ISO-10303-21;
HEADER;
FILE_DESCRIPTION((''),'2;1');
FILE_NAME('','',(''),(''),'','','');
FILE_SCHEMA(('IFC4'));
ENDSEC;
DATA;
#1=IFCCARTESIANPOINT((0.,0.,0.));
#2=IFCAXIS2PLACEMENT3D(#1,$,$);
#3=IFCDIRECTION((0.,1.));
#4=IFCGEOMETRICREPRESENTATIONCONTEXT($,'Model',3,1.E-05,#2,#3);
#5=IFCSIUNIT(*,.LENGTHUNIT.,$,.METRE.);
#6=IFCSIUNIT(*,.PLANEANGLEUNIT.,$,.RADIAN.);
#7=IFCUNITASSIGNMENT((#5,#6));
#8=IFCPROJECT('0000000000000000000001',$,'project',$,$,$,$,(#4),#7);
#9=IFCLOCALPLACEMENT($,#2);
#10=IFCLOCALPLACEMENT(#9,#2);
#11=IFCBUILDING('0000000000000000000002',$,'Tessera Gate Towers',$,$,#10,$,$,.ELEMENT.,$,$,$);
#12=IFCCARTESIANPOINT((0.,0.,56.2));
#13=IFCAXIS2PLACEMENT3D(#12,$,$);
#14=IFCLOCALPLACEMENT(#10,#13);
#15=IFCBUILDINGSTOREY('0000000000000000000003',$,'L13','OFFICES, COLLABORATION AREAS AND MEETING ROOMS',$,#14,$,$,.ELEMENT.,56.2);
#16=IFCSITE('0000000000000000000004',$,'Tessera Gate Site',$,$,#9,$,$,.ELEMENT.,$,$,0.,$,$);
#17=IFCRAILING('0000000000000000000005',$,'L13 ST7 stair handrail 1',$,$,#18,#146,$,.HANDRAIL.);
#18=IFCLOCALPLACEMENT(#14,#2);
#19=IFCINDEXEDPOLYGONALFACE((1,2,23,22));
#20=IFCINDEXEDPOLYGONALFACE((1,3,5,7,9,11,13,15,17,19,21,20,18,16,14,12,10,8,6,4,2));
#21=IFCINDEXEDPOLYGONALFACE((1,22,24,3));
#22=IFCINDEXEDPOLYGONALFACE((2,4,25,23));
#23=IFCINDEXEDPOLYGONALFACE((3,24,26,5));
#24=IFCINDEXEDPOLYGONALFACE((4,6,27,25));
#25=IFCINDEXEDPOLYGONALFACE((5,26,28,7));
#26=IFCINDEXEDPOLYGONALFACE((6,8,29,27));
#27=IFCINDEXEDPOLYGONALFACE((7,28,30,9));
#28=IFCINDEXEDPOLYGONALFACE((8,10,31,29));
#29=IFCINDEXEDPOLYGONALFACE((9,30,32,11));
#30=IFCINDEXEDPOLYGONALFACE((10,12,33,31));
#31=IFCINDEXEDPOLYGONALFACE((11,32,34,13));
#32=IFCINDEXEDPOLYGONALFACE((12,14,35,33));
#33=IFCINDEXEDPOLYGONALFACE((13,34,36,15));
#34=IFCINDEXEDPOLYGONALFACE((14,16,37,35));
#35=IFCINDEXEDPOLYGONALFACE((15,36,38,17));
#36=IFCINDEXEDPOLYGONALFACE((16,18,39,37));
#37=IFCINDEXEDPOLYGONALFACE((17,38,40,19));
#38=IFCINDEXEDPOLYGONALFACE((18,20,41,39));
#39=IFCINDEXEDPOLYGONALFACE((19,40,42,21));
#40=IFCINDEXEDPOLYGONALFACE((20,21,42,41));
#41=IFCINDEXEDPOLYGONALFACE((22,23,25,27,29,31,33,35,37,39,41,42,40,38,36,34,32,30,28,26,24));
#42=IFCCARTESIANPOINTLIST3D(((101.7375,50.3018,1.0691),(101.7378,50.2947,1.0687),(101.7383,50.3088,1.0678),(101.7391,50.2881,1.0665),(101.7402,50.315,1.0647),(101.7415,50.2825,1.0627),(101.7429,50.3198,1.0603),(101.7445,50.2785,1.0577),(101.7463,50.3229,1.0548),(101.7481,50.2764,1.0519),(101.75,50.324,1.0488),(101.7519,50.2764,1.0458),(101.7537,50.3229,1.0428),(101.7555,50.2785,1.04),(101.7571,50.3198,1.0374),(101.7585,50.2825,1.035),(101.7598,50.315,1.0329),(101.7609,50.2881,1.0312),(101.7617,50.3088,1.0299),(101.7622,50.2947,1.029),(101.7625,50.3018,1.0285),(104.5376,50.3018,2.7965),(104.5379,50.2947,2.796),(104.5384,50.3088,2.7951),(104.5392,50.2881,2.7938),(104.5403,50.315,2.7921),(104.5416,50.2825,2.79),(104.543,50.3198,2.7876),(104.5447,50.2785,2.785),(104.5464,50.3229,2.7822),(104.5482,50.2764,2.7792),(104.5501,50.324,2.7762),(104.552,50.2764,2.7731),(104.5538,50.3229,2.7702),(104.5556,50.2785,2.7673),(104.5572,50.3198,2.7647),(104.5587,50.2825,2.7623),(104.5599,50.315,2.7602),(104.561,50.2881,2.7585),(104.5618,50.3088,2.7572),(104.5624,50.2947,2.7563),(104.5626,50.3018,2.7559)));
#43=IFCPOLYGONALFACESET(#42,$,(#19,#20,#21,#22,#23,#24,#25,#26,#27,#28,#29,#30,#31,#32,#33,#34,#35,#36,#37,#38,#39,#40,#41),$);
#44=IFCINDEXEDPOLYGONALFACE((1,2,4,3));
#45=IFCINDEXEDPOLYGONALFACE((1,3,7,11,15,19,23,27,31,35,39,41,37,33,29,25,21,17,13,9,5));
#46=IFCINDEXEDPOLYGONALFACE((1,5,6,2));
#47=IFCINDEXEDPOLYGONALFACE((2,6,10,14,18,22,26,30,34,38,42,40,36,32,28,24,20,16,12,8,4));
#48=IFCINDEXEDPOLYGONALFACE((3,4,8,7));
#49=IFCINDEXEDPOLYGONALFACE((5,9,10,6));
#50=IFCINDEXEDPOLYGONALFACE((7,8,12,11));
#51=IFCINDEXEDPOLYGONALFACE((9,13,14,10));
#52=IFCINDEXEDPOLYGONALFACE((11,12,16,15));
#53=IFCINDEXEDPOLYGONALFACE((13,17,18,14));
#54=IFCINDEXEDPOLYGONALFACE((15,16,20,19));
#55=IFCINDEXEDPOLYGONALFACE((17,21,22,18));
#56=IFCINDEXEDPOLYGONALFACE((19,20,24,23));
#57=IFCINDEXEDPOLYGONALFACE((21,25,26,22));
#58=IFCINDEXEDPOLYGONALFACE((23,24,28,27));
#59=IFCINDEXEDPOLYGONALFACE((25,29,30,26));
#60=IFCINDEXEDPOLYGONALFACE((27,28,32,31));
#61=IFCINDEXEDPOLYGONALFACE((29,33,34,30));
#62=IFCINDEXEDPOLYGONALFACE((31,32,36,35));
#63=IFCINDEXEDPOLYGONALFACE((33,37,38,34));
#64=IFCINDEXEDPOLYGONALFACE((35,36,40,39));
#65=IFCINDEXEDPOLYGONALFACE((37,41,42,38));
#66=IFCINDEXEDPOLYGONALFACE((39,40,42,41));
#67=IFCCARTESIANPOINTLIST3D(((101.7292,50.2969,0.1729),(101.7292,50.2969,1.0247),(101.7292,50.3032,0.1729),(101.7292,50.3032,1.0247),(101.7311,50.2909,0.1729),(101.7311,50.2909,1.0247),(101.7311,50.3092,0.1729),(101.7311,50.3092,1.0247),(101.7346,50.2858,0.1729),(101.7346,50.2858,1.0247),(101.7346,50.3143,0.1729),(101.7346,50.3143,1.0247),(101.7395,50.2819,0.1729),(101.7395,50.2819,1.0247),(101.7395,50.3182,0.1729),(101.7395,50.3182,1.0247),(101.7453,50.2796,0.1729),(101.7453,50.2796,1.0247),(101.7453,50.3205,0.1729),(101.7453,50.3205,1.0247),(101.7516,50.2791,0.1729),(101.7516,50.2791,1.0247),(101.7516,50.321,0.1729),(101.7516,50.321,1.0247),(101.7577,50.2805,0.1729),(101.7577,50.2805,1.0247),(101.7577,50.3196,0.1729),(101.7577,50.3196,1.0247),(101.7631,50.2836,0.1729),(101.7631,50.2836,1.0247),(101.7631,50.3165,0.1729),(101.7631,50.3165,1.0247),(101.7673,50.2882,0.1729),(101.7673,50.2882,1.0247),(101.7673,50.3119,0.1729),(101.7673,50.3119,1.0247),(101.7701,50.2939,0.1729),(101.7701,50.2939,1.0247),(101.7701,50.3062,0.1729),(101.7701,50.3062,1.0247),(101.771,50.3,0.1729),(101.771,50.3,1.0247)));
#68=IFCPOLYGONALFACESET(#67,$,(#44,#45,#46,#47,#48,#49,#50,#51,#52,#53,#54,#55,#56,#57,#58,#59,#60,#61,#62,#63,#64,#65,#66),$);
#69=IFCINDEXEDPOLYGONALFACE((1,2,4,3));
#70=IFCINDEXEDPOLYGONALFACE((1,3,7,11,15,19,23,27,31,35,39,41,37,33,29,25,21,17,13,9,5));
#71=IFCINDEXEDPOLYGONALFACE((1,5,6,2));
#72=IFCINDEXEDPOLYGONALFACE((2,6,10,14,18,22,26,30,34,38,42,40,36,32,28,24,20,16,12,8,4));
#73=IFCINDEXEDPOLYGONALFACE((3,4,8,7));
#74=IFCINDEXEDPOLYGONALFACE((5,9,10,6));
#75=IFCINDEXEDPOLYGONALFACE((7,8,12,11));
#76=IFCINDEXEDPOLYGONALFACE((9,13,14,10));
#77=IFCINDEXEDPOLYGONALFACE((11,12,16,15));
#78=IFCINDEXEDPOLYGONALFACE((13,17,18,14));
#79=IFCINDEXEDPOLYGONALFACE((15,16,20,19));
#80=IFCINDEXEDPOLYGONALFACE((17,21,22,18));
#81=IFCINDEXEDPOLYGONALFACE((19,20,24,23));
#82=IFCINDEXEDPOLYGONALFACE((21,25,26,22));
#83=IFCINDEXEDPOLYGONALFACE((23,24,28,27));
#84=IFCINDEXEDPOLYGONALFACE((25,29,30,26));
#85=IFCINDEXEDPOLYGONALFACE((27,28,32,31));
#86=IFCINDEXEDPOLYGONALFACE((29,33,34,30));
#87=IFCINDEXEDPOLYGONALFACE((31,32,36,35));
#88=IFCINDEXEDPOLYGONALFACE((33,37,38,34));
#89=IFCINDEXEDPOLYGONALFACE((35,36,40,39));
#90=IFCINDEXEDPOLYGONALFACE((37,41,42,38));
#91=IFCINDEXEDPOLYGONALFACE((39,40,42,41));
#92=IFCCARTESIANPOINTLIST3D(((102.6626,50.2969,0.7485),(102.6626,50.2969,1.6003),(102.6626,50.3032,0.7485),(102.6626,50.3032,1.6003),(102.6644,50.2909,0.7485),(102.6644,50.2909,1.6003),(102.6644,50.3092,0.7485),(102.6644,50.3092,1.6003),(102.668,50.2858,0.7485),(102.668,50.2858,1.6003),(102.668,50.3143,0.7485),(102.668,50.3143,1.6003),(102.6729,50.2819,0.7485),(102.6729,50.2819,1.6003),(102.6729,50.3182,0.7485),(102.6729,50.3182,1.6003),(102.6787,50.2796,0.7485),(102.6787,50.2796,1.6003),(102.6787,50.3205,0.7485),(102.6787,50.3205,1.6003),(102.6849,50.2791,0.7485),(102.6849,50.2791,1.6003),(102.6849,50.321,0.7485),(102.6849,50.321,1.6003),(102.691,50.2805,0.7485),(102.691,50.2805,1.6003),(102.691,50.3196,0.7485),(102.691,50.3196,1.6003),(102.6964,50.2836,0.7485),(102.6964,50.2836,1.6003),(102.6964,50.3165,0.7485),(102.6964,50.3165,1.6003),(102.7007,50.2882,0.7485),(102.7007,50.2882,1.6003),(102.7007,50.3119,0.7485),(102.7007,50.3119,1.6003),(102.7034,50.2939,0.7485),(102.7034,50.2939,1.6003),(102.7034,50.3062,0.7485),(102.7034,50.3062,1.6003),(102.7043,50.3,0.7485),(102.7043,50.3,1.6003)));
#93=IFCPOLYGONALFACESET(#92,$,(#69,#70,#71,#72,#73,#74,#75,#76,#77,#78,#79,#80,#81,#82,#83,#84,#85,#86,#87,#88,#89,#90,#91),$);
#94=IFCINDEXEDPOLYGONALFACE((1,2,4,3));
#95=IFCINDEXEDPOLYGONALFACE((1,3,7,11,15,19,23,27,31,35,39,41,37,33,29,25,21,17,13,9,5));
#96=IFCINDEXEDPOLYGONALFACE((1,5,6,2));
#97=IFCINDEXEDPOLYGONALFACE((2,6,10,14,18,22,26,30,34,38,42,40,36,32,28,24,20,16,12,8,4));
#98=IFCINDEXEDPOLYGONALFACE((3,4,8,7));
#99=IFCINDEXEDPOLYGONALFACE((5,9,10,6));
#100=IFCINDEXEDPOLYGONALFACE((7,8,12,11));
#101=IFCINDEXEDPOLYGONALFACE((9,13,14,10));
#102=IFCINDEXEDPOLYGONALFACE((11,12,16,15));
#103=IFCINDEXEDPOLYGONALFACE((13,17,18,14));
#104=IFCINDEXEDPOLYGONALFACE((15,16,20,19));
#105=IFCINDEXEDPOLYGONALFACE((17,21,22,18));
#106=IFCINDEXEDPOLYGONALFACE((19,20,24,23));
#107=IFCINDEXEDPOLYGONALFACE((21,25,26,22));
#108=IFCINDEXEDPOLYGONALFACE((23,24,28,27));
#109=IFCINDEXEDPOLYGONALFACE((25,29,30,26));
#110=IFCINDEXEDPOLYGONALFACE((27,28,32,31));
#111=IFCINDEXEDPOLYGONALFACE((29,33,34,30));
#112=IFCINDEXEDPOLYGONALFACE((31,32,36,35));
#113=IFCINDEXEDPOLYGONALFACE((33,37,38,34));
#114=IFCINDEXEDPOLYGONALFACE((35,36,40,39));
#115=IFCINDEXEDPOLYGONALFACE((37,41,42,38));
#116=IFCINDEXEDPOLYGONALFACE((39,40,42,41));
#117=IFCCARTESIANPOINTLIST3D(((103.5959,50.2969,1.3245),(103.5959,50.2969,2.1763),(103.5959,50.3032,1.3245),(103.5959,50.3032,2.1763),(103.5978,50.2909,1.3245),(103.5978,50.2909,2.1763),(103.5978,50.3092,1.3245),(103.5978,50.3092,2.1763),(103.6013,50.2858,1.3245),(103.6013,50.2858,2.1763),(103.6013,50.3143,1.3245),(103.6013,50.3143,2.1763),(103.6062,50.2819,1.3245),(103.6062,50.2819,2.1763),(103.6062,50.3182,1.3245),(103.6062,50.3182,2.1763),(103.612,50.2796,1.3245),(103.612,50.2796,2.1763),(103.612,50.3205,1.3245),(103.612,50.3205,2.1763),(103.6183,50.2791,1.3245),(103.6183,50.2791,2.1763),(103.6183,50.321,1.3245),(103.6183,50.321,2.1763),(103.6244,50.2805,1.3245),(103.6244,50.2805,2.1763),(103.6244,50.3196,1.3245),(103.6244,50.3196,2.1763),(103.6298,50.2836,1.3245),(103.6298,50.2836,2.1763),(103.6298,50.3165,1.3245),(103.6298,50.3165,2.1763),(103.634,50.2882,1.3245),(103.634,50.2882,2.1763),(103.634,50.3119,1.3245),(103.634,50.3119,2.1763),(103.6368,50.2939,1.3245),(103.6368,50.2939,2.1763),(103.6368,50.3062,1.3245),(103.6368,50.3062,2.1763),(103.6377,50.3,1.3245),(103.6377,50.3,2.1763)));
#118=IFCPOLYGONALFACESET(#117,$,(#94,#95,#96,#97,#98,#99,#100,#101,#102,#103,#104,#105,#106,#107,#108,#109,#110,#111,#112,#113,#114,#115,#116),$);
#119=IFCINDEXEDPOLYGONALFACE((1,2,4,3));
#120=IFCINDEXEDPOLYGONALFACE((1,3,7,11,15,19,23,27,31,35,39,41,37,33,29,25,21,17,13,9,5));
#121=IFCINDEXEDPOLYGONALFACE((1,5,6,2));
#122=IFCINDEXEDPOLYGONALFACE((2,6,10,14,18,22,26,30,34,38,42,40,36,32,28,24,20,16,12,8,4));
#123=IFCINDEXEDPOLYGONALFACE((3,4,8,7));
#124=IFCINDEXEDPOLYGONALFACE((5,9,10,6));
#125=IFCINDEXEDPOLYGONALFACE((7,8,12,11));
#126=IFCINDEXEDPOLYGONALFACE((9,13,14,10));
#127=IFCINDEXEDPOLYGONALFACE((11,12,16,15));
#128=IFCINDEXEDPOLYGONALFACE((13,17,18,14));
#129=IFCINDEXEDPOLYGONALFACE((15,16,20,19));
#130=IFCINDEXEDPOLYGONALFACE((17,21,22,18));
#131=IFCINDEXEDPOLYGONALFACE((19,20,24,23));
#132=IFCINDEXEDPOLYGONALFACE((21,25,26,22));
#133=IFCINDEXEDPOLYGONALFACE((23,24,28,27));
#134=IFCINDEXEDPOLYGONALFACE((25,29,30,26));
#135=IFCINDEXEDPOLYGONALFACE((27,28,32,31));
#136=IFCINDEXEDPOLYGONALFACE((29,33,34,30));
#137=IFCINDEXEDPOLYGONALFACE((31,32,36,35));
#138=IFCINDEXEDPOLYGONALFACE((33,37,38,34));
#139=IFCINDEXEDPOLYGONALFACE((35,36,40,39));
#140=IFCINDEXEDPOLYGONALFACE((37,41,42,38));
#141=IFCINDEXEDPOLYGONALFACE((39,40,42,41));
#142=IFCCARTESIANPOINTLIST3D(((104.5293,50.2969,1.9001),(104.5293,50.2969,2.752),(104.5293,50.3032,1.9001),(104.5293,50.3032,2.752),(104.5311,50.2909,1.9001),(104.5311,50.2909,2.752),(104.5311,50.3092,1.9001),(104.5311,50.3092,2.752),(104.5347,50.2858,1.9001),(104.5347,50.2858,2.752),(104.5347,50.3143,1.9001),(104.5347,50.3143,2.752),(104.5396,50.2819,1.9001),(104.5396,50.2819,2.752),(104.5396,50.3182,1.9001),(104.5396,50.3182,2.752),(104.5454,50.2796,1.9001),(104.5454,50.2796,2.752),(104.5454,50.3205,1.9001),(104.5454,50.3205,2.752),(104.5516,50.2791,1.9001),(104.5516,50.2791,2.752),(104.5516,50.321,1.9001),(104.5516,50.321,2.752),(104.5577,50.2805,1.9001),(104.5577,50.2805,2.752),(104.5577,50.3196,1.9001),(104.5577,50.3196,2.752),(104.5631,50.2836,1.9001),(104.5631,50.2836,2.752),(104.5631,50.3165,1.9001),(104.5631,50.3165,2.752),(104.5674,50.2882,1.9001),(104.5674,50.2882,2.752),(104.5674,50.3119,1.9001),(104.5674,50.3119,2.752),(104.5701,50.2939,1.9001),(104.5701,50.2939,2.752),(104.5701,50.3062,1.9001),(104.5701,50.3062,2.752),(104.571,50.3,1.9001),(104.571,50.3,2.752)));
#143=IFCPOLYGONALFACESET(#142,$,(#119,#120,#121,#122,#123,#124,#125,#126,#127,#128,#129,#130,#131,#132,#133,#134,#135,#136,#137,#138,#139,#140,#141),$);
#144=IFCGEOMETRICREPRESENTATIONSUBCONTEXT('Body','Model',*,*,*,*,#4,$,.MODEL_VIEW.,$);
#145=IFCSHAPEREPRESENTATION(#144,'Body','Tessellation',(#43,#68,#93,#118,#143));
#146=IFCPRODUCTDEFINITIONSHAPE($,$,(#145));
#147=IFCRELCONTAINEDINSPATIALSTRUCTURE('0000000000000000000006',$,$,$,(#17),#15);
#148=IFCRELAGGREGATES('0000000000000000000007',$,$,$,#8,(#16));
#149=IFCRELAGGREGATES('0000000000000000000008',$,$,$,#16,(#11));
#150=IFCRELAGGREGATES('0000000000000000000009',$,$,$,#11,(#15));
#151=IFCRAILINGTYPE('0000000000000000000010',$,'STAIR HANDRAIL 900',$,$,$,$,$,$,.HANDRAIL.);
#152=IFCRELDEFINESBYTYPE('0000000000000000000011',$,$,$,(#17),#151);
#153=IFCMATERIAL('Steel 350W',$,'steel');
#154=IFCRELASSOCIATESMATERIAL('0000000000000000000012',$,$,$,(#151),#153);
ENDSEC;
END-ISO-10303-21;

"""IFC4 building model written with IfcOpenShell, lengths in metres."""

from ifc_helpers import new_model, si_unit, direction, frame, origin, origin_2d, place, context, subcontext, project, spatial, circle, extrude, material, type_object, element, save


model = new_model("IFC4")

# Units and contexts
model_context = context("Model", 3, precision=1e-05, world=origin(), true_north=direction((0.0, 1.0)))
body_context = subcontext(model_context, "Body", "Model", "MODEL_VIEW")
ifc_project = project(units=[si_unit("LENGTHUNIT", "METRE"), si_unit("PLANEANGLEUNIT", "RADIAN")], contexts=[model_context])

# Site, building, storey
site_placement = place(None, origin())
site = spatial("IfcSite", under=ifc_project, at=site_placement, Name="Tessera Gate Site", CompositionType="ELEMENT", RefElevation=0.0)
building_placement = place(site_placement, origin())
building = spatial("IfcBuilding", under=site, at=building_placement, Name="Tessera Gate Towers", CompositionType="ELEMENT")
storey_placement = place(building_placement, frame((0.0, 0.0, 56.2)))
storey = spatial("IfcBuildingStorey", under=building, at=storey_placement, Name="L13", Description="OFFICES, COLLABORATION AREAS AND MEETING ROOMS", CompositionType="ELEMENT", Elevation=56.2)

# Railing
ifc_material_1 = material(Name="Steel 350W", Category="steel")
railing_type_1 = type_object("IfcRailingType", Name="STAIR HANDRAIL 900", PredefinedType="HANDRAIL", material=ifc_material_1)
railing_1_placement = place(storey_placement, frame((101.75, 50.3, 0.1729)))
element("IfcRailing", 1, at=railing_1_placement, inside=storey, type_object=railing_type_1, Name="L13 ST7 stair handrail 1", PredefinedType="HANDRAIL", context=body_context, shape_type="SweptSolid", body=[
    extrude(circle(Radius=0.0239, at=origin_2d()), frame((0.0, 0.0, 0.876), z_axis=(0.85109, 0.0, 0.52502), x_axis=(0.0, 1.0, 0.0)), (0.0, 0.0, 1.0), 3.29),
    extrude(circle(Radius=0.021, at=origin_2d()), origin(), (0.0, 0.0, 1.0), 0.8518),
    extrude(circle(Radius=0.021, at=origin_2d()), frame((0.9333, 0.0, 0.5757)), (0.0, 0.0, 1.0), 0.8518),
    extrude(circle(Radius=0.021, at=origin_2d()), frame((1.8667, 0.0, 1.1516)), (0.0, 0.0, 1.0), 0.8518),
    extrude(circle(Radius=0.021, at=origin_2d()), frame((2.8, 0.0, 1.7273)), (0.0, 0.0, 1.0), 0.8518),
])

save(model, "model.ifc")
